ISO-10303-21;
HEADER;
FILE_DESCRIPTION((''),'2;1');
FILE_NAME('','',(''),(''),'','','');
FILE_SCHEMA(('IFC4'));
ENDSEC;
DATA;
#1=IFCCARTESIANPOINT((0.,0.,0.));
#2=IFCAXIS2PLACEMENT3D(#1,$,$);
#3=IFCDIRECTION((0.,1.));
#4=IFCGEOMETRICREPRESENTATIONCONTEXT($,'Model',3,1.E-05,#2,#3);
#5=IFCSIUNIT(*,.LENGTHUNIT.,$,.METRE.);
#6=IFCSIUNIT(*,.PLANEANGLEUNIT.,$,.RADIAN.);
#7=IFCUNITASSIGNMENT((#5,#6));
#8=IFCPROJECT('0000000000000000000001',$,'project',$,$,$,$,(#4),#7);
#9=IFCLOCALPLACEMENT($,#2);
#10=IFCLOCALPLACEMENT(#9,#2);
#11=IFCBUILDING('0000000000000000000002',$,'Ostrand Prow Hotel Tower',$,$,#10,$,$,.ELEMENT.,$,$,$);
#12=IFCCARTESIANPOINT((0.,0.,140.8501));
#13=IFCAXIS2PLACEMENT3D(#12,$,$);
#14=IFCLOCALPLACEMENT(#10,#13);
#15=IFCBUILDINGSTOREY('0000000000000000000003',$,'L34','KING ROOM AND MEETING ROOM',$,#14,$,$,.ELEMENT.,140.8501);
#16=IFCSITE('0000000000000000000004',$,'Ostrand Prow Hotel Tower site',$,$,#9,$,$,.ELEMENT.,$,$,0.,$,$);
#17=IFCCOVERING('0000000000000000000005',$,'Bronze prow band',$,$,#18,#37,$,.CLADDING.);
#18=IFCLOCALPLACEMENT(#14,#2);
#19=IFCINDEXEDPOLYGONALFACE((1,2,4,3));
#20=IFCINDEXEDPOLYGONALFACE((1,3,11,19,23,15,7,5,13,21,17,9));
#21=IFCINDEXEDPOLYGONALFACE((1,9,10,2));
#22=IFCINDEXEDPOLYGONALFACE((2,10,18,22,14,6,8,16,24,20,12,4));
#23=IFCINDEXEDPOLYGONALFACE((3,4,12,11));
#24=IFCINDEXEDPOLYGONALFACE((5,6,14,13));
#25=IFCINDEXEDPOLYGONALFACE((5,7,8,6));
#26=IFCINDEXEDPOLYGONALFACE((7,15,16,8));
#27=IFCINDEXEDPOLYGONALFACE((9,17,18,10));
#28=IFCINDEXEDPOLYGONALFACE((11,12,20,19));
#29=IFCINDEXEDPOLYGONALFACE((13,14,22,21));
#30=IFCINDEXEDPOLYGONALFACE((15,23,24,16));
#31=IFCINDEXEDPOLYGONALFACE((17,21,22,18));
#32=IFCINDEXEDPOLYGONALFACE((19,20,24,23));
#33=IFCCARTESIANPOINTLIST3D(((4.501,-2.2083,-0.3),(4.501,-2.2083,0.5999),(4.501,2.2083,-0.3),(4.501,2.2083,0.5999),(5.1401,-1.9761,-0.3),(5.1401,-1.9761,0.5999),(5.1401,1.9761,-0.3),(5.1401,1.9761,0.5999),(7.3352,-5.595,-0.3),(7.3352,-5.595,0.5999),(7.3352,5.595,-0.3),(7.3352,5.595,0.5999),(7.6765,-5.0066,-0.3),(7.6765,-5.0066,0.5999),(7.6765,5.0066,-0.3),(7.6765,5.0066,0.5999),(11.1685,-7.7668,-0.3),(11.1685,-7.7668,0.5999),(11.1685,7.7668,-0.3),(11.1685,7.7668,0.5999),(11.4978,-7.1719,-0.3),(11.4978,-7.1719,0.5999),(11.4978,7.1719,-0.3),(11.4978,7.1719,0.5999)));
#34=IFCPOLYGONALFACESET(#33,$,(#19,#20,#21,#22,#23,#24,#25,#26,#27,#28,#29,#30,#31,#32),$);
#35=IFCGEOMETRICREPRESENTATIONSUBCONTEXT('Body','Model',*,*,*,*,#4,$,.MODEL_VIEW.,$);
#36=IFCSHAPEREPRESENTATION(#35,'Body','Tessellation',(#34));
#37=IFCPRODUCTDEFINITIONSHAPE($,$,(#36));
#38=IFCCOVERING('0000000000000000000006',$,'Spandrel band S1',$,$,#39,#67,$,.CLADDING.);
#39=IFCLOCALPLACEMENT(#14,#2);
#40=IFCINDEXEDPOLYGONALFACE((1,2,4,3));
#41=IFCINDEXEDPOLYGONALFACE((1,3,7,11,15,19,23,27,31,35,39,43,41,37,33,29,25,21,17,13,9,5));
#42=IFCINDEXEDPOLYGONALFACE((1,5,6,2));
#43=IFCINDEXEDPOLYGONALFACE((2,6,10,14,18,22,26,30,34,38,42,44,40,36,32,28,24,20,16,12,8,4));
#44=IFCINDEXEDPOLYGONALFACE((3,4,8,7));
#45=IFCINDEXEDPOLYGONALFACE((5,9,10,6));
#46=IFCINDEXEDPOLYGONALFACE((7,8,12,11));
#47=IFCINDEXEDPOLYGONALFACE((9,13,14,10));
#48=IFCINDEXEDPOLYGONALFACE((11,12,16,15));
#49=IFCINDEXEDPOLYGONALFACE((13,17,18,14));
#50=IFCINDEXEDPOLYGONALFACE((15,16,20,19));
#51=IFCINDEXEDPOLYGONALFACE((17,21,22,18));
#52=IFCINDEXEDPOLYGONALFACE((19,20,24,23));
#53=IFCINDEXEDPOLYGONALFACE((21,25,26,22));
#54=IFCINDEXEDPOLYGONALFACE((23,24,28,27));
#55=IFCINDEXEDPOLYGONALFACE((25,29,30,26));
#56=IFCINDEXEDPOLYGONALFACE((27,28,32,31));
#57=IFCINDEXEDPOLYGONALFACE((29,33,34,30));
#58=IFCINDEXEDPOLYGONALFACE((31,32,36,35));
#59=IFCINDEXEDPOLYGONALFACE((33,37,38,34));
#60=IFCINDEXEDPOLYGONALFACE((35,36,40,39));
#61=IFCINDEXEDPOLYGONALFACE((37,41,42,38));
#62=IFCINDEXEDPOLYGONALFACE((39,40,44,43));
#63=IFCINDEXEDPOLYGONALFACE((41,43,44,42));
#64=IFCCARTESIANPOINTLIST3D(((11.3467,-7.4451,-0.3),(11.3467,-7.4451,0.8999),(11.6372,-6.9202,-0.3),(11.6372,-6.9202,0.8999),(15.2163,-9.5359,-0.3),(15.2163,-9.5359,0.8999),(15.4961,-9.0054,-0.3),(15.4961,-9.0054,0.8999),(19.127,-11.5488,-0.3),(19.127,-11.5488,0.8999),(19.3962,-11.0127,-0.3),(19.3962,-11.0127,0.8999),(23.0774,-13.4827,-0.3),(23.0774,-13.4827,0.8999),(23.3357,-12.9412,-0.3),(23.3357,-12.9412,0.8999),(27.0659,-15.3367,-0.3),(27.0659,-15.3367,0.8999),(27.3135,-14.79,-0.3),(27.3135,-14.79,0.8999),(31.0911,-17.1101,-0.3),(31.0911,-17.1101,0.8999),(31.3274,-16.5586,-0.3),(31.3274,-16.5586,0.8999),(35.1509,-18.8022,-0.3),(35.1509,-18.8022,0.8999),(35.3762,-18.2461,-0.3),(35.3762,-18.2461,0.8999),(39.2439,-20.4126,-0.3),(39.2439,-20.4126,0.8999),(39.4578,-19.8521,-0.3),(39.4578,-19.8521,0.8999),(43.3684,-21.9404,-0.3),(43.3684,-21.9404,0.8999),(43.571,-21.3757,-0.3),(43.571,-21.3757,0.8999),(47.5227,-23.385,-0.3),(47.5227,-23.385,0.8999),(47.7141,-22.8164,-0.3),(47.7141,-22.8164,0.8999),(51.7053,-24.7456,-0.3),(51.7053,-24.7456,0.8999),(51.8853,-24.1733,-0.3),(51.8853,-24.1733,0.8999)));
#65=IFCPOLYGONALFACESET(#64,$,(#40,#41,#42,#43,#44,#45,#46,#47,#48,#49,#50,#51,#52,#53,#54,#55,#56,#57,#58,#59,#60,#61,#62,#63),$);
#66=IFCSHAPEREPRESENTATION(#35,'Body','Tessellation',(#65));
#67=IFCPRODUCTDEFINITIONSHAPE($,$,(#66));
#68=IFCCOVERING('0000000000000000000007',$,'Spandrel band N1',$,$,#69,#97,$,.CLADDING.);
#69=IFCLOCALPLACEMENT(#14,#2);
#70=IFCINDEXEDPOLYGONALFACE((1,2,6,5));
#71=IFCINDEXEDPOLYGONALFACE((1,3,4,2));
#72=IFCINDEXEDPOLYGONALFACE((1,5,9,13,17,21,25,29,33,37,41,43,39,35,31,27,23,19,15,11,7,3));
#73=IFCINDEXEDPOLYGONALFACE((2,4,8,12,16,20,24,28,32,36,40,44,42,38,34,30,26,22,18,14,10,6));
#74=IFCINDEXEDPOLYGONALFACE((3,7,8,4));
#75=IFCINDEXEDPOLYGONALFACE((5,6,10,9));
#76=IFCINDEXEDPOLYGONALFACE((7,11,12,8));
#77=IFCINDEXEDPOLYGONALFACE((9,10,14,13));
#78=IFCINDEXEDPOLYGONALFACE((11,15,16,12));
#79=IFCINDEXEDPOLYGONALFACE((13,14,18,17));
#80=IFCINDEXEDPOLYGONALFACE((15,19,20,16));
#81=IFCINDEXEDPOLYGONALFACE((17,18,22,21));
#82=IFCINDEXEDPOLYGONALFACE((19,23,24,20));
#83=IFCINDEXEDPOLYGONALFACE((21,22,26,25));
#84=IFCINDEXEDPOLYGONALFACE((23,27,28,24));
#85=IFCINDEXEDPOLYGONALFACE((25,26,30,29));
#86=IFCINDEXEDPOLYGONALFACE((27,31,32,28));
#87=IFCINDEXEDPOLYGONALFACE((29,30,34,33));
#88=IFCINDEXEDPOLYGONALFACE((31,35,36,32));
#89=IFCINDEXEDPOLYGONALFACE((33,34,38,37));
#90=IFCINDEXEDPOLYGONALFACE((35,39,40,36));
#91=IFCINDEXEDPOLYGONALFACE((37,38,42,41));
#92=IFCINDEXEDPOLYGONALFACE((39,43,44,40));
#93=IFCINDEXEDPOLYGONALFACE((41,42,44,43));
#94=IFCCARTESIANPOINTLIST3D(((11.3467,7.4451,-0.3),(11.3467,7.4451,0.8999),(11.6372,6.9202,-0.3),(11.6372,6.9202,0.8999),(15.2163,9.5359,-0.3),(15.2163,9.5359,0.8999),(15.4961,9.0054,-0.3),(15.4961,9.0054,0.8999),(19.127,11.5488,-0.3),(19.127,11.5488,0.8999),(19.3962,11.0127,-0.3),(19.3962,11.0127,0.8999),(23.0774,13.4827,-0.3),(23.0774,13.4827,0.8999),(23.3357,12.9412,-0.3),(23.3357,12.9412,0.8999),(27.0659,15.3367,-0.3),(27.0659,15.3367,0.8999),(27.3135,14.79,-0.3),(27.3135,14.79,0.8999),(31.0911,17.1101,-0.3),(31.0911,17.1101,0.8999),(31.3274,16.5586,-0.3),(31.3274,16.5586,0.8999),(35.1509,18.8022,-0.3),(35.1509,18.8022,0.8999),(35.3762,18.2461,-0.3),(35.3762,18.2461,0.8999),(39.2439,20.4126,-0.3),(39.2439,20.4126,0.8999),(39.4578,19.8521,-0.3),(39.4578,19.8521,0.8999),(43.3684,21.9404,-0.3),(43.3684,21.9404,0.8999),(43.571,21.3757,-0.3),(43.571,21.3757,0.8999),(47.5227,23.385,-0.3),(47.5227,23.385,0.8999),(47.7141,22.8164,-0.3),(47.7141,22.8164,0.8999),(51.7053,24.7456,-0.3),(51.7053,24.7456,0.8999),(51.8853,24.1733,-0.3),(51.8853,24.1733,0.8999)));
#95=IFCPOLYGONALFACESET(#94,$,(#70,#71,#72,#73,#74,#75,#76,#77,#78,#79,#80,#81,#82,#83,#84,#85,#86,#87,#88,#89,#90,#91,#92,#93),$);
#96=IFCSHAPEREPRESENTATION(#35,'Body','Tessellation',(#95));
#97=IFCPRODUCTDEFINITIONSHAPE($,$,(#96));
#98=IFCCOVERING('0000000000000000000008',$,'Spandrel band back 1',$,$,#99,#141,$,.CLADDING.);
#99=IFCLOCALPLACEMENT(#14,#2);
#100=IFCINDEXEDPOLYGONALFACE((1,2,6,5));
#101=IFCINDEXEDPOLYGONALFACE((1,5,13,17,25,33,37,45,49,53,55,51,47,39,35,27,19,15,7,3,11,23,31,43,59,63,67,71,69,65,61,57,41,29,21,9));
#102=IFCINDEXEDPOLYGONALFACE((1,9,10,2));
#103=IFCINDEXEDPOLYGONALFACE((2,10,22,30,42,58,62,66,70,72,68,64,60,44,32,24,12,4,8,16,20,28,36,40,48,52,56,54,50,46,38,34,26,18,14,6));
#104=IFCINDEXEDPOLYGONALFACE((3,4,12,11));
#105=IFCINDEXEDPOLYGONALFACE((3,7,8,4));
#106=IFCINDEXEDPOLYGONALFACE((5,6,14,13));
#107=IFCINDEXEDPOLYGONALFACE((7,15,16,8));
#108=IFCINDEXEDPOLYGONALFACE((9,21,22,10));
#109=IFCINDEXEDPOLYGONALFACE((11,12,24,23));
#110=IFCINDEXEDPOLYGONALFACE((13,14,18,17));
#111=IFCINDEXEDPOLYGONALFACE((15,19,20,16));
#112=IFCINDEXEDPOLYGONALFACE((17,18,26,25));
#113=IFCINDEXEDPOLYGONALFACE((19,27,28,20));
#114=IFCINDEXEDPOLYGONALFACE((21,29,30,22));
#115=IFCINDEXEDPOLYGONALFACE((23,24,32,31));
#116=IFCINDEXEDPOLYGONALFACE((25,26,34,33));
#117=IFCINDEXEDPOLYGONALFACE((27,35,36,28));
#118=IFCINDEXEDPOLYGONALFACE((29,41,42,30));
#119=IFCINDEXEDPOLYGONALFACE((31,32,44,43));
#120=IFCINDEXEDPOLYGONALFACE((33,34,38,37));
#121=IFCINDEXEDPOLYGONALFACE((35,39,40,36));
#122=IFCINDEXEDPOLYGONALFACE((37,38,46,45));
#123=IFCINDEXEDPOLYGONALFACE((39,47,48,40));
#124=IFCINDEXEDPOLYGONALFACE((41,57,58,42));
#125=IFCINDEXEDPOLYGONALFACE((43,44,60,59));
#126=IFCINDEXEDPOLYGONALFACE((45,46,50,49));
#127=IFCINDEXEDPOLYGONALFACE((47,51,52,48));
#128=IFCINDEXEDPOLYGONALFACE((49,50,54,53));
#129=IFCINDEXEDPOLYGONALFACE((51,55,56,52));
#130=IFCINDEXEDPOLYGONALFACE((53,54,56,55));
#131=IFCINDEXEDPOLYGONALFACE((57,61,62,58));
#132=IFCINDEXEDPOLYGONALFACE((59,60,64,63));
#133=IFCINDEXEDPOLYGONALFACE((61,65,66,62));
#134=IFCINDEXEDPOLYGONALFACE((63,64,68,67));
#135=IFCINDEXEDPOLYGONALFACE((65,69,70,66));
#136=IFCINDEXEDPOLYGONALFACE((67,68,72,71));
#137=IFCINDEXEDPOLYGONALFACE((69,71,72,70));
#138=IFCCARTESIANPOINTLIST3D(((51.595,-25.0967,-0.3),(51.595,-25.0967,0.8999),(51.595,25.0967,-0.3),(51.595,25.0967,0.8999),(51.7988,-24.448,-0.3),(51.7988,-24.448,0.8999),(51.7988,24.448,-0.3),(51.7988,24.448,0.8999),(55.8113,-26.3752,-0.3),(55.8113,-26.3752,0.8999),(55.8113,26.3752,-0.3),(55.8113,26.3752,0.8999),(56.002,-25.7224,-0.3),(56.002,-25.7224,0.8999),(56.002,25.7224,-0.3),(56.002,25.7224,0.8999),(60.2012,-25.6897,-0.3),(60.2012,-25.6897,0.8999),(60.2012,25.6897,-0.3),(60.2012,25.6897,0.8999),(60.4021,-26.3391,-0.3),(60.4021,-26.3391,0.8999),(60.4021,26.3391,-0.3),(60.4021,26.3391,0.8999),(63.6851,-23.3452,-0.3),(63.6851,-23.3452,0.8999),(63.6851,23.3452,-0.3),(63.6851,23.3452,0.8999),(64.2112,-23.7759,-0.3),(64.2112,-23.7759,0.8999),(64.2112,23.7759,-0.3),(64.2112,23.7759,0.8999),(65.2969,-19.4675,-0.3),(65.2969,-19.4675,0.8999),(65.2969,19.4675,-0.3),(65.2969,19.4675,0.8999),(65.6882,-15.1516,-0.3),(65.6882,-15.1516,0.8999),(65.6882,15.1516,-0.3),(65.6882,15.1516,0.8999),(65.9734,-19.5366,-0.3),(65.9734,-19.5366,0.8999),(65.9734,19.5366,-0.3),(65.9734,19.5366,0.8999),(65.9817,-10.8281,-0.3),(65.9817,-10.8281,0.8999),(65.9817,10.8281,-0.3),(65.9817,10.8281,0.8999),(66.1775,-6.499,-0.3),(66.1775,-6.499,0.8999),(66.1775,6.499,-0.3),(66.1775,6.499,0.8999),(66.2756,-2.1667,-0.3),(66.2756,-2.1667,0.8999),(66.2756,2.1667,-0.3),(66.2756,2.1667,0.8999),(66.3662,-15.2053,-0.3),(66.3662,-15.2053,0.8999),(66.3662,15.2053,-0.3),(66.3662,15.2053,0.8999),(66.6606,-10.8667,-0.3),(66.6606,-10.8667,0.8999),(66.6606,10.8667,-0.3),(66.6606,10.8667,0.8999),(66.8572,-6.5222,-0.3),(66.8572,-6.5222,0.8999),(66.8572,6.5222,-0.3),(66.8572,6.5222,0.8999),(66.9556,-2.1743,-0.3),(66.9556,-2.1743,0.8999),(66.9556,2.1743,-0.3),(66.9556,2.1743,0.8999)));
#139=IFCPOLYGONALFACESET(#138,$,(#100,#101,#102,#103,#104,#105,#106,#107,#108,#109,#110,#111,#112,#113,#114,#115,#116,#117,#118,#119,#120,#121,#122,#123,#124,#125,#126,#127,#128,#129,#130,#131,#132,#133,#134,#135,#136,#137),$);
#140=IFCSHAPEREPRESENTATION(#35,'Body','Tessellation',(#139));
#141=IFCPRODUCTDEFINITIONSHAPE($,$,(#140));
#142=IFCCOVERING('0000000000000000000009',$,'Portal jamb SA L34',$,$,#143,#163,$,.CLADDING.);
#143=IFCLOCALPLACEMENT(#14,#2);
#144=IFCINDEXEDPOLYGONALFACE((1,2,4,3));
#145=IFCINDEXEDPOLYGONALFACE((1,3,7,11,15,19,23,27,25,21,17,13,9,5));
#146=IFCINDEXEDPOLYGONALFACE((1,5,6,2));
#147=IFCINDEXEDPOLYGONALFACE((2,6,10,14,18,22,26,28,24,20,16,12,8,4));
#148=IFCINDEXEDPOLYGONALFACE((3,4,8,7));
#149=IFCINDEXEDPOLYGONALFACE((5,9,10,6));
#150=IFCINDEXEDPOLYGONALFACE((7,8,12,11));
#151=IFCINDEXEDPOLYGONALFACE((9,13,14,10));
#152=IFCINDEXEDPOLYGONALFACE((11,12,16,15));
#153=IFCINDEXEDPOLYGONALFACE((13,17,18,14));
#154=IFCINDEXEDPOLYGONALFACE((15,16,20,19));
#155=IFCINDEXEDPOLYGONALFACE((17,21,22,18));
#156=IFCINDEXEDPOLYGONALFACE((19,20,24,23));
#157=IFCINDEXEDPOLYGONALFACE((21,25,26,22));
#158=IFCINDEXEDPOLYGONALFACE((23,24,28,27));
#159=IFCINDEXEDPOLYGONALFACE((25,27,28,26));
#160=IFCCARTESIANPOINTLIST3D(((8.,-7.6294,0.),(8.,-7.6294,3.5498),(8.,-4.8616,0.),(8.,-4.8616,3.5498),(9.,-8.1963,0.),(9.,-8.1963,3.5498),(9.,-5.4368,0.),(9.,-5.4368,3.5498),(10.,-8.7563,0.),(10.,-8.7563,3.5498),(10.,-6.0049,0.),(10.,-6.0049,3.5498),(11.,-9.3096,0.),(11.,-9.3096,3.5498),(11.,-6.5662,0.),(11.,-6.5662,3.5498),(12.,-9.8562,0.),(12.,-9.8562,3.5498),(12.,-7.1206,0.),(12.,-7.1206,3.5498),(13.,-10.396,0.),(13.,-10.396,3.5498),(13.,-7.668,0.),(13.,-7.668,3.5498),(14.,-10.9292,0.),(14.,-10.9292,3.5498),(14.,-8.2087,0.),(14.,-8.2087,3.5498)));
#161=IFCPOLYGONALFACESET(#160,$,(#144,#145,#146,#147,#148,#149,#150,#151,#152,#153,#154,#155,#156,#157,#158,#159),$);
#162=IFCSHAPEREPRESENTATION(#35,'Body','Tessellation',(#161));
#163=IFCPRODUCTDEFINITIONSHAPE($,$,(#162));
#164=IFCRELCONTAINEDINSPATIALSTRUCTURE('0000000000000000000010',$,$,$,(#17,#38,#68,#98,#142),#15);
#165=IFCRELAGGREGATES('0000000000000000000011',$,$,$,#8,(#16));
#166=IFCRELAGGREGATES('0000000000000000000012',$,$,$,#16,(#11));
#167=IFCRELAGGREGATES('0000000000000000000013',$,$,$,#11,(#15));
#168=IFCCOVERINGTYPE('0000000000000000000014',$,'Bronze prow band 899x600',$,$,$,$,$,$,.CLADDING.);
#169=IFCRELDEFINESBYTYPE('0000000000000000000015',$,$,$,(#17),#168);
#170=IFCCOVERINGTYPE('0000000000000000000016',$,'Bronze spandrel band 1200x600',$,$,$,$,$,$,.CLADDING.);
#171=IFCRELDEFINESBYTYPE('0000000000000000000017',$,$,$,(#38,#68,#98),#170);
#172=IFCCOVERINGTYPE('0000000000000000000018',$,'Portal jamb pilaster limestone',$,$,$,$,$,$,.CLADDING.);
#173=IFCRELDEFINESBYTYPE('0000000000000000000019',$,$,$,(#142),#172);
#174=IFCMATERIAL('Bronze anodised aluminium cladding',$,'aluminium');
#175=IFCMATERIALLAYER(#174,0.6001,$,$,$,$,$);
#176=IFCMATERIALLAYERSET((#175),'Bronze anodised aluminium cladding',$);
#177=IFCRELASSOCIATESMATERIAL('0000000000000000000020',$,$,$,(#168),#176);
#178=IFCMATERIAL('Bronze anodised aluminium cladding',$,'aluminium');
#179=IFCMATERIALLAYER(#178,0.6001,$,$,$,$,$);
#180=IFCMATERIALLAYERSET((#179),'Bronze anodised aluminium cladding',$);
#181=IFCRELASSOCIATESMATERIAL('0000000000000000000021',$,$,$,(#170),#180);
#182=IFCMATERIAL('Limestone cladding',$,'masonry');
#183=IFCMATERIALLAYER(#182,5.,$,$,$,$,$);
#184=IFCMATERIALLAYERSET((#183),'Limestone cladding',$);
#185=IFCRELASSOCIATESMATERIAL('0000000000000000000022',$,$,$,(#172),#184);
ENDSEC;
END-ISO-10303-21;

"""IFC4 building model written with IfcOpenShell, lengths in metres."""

from ifc_helpers import new_model, si_unit, direction, frame, origin, place, context, subcontext, project, spatial, polyline, outline, extrude, material, layer, layer_set, type_object, element, save


model = new_model("IFC4")

# Units and contexts
model_context = context("Model", 3, precision=1e-05, world=origin(), true_north=direction((0.0, 1.0)))
body_context = subcontext(model_context, "Body", "Model", "MODEL_VIEW")
ifc_project = project(units=[si_unit("LENGTHUNIT", "METRE"), si_unit("PLANEANGLEUNIT", "RADIAN")], contexts=[model_context])

# Site, building, storey
site_placement = place(None, origin())
site = spatial("IfcSite", under=ifc_project, at=site_placement, Name="Ostrand Prow Hotel Tower site", CompositionType="ELEMENT", RefElevation=0.0)
building_placement = place(site_placement, origin())
building = spatial("IfcBuilding", under=site, at=building_placement, Name="Ostrand Prow Hotel Tower", CompositionType="ELEMENT")
storey_placement = place(building_placement, frame((0.0, 0.0, 140.8501)))
storey = spatial("IfcBuildingStorey", under=building, at=storey_placement, Name="L34", Description="KING ROOM AND MEETING ROOM", CompositionType="ELEMENT", Elevation=140.8501)

# Coverings
ifc_material_1 = material(Name="Bronze anodised aluminium cladding", Category="aluminium")
ifc_layer_1 = layer(ifc_material_1, 0.6001)
ifc_layer_set_1 = layer_set([ifc_layer_1], Name="Bronze anodised aluminium cladding")
covering_type_1 = type_object("IfcCoveringType", Name="Bronze prow band 899x600", PredefinedType="CLADDING", material=ifc_layer_set_1)
covering_1_placement = place(storey_placement, frame((0.0, 0.0, -0.3)))
element("IfcCovering", 1, at=covering_1_placement, inside=storey, type_object=covering_type_1, Name="Bronze prow band", PredefinedType="CLADDING", context=body_context, shape_type="SweptSolid", body=[
    extrude(outline(polyline([(11.1685, 7.7668), (7.3352, 5.595), (4.501, 2.2083), (4.501, -2.2083), (7.3352, -5.595), (11.1685, -7.7668), (11.4978, -7.1719), (7.6765, -5.0066), (5.1401, -1.9761), (5.1401, 1.9761), (7.6765, 5.0066), (11.4978, 7.1719), (11.1685, 7.7668)])), origin(), (0.0, 0.0, 1.0), 0.8999),
])
ifc_material_2 = material(Name="Bronze anodised aluminium cladding", Category="aluminium")
ifc_layer_2 = layer(ifc_material_2, 0.6001)
ifc_layer_set_2 = layer_set([ifc_layer_2], Name="Bronze anodised aluminium cladding")
covering_type_2 = type_object("IfcCoveringType", Name="Bronze spandrel band 1200x600", PredefinedType="CLADDING", material=ifc_layer_set_2)
covering_2_placement = place(storey_placement, frame((0.0, 0.0, -0.3)))
element("IfcCovering", 2, at=covering_2_placement, inside=storey, type_object=covering_type_2, Name="Spandrel band S1", PredefinedType="CLADDING", context=body_context, shape_type="SweptSolid", body=[
    extrude(outline(polyline([(11.3467, -7.4451), (15.2163, -9.5359), (19.127, -11.5488), (23.0774, -13.4827), (27.0659, -15.3367), (31.0911, -17.1101), (35.1509, -18.8022), (39.2439, -20.4126), (43.3684, -21.9404), (47.5227, -23.385), (51.7053, -24.7456), (51.8853, -24.1733), (47.7141, -22.8164), (43.571, -21.3757), (39.4578, -19.8521), (35.3762, -18.2461), (31.3274, -16.5586), (27.3135, -14.79), (23.3357, -12.9412), (19.3962, -11.0127), (15.4961, -9.0054), (11.6372, -6.9202), (11.3467, -7.4451)])), origin(), (0.0, 0.0, 1.0), 1.2),
])
covering_3_placement = place(storey_placement, frame((0.0, 0.0, -0.3)))
element("IfcCovering", 3, at=covering_3_placement, inside=storey, type_object=covering_type_2, Name="Spandrel band N1", PredefinedType="CLADDING", context=body_context, shape_type="SweptSolid", body=[
    extrude(outline(polyline([(51.7053, 24.7456), (47.5227, 23.385), (43.3684, 21.9404), (39.2439, 20.4126), (35.1509, 18.8022), (31.0911, 17.1101), (27.0659, 15.3367), (23.0774, 13.4827), (19.127, 11.5488), (15.2163, 9.5359), (11.3467, 7.4451), (11.6372, 6.9202), (15.4961, 9.0054), (19.3962, 11.0127), (23.3357, 12.9412), (27.3135, 14.79), (31.3274, 16.5586), (35.3762, 18.2461), (39.4578, 19.8521), (43.571, 21.3757), (47.7141, 22.8164), (51.8853, 24.1733), (51.7053, 24.7456)])), origin(), (0.0, 0.0, 1.0), 1.2),
])
covering_4_placement = place(storey_placement, frame((0.0, 0.0, -0.3)))
element("IfcCovering", 4, at=covering_4_placement, inside=storey, type_object=covering_type_2, Name="Spandrel band back 1", PredefinedType="CLADDING", context=body_context, shape_type="SweptSolid", body=[
    extrude(outline(polyline([(51.595, -25.0967), (55.8113, -26.3752), (60.4021, -26.3391), (64.2112, -23.7759), (65.9734, -19.5366), (66.3662, -15.2053), (66.6606, -10.8667), (66.8572, -6.5222), (66.9556, -2.1743), (66.9556, 2.1743), (66.8572, 6.5222), (66.6606, 10.8667), (66.3662, 15.2053), (65.9734, 19.5366), (64.2112, 23.7759), (60.4021, 26.3391), (55.8113, 26.3752), (51.595, 25.0967), (51.7988, 24.448), (56.002, 25.7224), (60.2012, 25.6897), (63.6851, 23.3452), (65.2969, 19.4675), (65.6882, 15.1516), (65.9817, 10.8281), (66.1775, 6.499), (66.2756, 2.1667), (66.2756, -2.1667), (66.1775, -6.499), (65.9817, -10.8281), (65.6882, -15.1516), (65.2969, -19.4675), (63.6851, -23.3452), (60.2012, -25.6897), (56.002, -25.7224), (51.7988, -24.448), (51.595, -25.0967)])), origin(), (0.0, 0.0, 1.0), 1.2),
])
ifc_material_3 = material(Name="Limestone cladding", Category="masonry")
ifc_layer_3 = layer(ifc_material_3, 5.0)
ifc_layer_set_3 = layer_set([ifc_layer_3], Name="Limestone cladding")
covering_type_3 = type_object("IfcCoveringType", Name="Portal jamb pilaster limestone", PredefinedType="CLADDING", material=ifc_layer_set_3)
covering_5_placement = place(storey_placement, origin())
element("IfcCovering", 5, at=covering_5_placement, inside=storey, type_object=covering_type_3, Name="Portal jamb SA L34", PredefinedType="CLADDING", context=body_context, shape_type="SweptSolid", body=[
    extrude(outline(polyline([(8.0, -4.8616), (8.0, -7.6294), (9.0, -8.1963), (10.0, -8.7563), (11.0, -9.3096), (12.0, -9.8562), (13.0, -10.396), (14.0, -10.9292), (14.0, -8.2087), (13.0, -7.668), (12.0, -7.1206), (11.0, -6.5662), (10.0, -6.0049), (9.0, -5.4368), (8.0, -4.8616)])), origin(), (0.0, 0.0, 1.0), 3.5498),
])

save(model, "model.ifc")
